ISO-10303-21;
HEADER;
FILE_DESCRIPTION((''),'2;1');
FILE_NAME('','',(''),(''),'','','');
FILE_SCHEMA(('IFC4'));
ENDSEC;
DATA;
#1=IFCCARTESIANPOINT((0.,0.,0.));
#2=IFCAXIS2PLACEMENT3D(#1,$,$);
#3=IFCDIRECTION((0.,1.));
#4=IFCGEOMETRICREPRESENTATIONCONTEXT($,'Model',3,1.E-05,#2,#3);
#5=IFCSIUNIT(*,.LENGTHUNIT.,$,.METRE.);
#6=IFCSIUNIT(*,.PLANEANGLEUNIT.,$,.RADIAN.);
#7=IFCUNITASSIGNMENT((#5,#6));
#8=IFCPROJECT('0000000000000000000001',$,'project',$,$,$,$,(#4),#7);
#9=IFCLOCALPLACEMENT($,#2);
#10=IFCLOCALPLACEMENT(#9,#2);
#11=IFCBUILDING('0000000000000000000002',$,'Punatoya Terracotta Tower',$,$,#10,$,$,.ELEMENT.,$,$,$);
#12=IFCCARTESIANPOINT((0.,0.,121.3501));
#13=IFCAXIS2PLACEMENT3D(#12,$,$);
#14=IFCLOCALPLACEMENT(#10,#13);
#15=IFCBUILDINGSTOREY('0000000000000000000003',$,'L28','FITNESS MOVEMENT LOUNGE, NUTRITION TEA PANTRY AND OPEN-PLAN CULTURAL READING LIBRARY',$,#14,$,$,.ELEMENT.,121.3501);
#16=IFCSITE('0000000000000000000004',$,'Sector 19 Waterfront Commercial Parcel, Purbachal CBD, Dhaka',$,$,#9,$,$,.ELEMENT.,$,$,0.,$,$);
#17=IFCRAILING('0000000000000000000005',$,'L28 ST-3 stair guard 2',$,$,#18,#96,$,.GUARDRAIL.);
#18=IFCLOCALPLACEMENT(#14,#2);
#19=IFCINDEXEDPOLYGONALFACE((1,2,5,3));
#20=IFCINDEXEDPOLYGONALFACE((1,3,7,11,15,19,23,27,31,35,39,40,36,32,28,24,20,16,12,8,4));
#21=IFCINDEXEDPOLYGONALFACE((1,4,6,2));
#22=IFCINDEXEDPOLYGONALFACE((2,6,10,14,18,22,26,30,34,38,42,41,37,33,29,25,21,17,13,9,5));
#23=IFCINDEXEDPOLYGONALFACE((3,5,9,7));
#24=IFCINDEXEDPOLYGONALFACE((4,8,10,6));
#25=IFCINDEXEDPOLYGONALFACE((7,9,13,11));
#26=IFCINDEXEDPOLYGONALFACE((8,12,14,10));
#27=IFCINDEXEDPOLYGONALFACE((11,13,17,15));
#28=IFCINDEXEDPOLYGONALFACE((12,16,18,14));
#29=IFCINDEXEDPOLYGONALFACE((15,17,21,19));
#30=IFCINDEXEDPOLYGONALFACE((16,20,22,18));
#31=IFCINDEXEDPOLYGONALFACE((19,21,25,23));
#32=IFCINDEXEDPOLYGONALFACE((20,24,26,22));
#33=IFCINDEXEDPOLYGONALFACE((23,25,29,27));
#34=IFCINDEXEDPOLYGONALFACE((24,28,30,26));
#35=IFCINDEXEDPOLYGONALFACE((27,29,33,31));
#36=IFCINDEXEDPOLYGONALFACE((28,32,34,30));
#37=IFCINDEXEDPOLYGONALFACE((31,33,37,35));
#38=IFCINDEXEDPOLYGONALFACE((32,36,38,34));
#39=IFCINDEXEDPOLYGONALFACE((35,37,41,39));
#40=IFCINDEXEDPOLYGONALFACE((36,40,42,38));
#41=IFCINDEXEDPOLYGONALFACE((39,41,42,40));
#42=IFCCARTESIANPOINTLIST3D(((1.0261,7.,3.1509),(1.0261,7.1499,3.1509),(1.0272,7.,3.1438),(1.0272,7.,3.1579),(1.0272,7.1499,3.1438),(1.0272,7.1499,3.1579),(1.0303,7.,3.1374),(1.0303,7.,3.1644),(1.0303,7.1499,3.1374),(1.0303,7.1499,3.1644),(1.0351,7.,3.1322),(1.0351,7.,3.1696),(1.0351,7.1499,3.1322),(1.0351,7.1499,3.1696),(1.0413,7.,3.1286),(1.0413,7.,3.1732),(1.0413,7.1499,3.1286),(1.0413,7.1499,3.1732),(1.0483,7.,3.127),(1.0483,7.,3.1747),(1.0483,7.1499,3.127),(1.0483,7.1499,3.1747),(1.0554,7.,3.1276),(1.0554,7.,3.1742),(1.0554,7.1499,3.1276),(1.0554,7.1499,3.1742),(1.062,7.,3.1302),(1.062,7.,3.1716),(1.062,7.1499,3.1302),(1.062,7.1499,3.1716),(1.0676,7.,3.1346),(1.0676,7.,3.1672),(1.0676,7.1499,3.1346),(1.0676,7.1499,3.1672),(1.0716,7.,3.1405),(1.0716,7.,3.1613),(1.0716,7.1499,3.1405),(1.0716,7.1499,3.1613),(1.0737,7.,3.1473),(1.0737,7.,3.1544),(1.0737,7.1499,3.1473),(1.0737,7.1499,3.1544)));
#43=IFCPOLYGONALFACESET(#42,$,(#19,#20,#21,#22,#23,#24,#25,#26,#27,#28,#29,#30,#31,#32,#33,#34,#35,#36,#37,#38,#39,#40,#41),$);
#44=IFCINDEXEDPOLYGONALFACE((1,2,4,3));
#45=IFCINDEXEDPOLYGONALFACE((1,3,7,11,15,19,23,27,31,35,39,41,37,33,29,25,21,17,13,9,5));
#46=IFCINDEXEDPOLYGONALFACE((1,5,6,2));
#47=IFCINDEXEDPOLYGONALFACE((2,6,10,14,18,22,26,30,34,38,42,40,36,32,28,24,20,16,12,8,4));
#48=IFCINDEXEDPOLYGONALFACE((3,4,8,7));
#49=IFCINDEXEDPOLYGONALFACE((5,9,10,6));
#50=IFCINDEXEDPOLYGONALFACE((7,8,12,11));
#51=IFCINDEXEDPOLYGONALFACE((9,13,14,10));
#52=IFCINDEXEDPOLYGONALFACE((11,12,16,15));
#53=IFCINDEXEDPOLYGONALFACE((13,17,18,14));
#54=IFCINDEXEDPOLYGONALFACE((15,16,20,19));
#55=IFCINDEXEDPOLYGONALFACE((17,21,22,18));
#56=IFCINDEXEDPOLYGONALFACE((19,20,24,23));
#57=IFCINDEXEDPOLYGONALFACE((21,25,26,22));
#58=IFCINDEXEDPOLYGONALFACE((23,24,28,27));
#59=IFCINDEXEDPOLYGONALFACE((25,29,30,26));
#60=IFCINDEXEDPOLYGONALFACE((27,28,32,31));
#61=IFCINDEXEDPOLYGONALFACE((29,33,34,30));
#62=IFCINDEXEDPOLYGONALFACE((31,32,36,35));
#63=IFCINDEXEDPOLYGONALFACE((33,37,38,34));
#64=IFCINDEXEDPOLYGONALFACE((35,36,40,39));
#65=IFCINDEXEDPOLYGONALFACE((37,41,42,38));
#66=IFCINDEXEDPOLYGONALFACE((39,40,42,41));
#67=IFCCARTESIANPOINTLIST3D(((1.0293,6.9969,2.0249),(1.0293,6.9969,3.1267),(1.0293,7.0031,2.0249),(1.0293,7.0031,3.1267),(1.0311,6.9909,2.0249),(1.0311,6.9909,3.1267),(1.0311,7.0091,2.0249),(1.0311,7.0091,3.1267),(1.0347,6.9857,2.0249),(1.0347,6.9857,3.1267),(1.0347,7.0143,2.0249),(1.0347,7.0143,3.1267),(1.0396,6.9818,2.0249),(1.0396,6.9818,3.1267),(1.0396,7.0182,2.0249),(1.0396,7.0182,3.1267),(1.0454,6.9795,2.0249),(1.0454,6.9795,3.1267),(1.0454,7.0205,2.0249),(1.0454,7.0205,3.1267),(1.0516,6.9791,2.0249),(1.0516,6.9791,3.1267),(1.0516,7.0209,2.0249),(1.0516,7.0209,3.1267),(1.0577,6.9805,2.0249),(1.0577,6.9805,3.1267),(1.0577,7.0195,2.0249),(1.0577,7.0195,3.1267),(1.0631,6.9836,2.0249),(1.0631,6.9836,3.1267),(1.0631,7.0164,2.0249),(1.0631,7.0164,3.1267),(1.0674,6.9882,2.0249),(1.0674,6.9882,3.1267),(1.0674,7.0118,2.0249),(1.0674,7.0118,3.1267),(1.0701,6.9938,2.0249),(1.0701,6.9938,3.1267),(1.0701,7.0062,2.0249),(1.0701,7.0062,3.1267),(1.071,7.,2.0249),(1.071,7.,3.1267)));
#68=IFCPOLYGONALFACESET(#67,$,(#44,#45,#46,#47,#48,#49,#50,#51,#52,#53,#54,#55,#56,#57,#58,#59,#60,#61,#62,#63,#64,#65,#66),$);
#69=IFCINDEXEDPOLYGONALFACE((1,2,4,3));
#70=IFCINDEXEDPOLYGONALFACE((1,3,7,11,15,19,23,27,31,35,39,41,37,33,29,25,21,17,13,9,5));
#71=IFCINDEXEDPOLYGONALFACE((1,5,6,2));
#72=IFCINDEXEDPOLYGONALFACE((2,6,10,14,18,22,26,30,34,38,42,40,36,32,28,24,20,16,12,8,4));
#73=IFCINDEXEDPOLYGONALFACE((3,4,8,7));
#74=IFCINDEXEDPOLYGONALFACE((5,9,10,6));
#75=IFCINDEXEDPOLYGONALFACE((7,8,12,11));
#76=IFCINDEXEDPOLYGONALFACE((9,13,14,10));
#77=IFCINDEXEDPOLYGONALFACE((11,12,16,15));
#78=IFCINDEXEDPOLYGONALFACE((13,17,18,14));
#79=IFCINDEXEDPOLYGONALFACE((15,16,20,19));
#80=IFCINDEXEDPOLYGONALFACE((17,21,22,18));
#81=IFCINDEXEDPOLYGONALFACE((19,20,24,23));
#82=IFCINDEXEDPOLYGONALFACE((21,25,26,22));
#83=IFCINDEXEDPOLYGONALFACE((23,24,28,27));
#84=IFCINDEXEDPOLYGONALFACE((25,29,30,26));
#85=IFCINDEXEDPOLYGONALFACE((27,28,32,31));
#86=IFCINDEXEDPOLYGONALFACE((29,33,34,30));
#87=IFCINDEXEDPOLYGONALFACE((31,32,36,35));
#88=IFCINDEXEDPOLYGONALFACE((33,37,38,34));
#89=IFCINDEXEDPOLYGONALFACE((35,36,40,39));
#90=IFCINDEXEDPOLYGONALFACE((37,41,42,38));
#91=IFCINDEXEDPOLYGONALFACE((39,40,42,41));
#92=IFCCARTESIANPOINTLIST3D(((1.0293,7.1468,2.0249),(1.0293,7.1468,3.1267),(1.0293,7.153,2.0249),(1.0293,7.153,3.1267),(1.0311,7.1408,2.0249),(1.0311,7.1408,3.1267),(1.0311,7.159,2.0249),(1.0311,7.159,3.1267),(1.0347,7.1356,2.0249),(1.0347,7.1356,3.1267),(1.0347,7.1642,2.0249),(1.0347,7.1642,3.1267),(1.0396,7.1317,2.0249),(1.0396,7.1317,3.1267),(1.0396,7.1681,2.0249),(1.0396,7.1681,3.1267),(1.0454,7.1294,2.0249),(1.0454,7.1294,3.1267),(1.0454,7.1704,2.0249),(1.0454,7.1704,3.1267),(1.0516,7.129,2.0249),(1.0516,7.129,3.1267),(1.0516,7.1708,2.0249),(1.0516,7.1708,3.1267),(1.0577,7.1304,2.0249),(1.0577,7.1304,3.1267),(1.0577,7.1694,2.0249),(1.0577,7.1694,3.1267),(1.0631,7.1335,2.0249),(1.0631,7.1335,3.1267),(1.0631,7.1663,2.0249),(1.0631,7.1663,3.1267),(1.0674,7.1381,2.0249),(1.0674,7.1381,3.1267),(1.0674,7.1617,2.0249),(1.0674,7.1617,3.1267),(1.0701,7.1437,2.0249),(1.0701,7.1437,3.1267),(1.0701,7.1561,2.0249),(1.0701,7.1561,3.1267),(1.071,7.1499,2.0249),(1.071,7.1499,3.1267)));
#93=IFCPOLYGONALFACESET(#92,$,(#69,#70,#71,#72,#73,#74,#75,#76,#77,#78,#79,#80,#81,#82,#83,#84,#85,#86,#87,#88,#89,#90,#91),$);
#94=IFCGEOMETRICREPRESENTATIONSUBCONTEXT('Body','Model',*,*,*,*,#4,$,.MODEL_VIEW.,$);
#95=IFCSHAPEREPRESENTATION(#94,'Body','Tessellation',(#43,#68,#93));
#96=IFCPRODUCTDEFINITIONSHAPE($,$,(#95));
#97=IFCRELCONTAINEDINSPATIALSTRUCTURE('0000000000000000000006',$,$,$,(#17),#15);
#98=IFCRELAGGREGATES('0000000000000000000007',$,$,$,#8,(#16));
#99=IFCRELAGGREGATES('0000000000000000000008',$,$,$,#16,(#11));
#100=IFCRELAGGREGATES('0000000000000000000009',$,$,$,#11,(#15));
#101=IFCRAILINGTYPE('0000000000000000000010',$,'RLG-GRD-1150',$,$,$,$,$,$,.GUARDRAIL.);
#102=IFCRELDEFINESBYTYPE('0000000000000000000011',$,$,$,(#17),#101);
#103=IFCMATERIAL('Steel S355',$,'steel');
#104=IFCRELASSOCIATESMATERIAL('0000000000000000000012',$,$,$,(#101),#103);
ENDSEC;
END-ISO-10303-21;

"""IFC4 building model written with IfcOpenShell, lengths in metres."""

from ifc_helpers import new_model, si_unit, direction, frame, origin, origin_2d, place, context, subcontext, project, spatial, circle, extrude, material, type_object, element, save


model = new_model("IFC4")

# Units and contexts
model_context = context("Model", 3, precision=1e-05, world=origin(), true_north=direction((0.0, 1.0)))
body_context = subcontext(model_context, "Body", "Model", "MODEL_VIEW")
ifc_project = project(units=[si_unit("LENGTHUNIT", "METRE"), si_unit("PLANEANGLEUNIT", "RADIAN")], contexts=[model_context])

# Site, building, storey
site_placement = place(None, origin())
site = spatial("IfcSite", under=ifc_project, at=site_placement, Name="Sector 19 Waterfront Commercial Parcel, Purbachal CBD, Dhaka", CompositionType="ELEMENT", RefElevation=0.0)
building_placement = place(site_placement, origin())
building = spatial("IfcBuilding", under=site, at=building_placement, Name="Punatoya Terracotta Tower", CompositionType="ELEMENT")
storey_placement = place(building_placement, frame((0.0, 0.0, 121.3501)))
storey = spatial("IfcBuildingStorey", under=building, at=storey_placement, Name="L28", Description="FITNESS MOVEMENT LOUNGE, NUTRITION TEA PANTRY AND OPEN-PLAN CULTURAL READING LIBRARY", CompositionType="ELEMENT", Elevation=121.3501)

# Shared definitions
ifc_material_1 = material(Name="Steel S355", Category="steel")

# Railing
railing_type_1 = type_object("IfcRailingType", Name="RLG-GRD-1150", PredefinedType="GUARDRAIL", material=ifc_material_1)
railing_1_placement = place(storey_placement, frame((1.05, 7.0, 2.0249)))
element("IfcRailing", 1, at=railing_1_placement, inside=storey, type_object=railing_type_1, Name="L28 ST-3 stair guard 2", PredefinedType="GUARDRAIL", context=body_context, shape_type="SweptSolid", body=[
    extrude(circle(Radius=0.0239, at=origin_2d()), frame((0.0, 0.0, 1.126), z_axis=(0.0, 1.0, 0.0), x_axis=(-1.0, 0.0, 0.0)), (0.0, 0.0, 1.0), 0.1499),
    extrude(circle(Radius=0.021, at=origin_2d()), origin(), (0.0, 0.0, 1.0), 1.1018),
    extrude(circle(Radius=0.021, at=origin_2d()), frame((0.0, 0.1499, 0.0)), (0.0, 0.0, 1.0), 1.1018),
])

save(model, "model.ifc")
